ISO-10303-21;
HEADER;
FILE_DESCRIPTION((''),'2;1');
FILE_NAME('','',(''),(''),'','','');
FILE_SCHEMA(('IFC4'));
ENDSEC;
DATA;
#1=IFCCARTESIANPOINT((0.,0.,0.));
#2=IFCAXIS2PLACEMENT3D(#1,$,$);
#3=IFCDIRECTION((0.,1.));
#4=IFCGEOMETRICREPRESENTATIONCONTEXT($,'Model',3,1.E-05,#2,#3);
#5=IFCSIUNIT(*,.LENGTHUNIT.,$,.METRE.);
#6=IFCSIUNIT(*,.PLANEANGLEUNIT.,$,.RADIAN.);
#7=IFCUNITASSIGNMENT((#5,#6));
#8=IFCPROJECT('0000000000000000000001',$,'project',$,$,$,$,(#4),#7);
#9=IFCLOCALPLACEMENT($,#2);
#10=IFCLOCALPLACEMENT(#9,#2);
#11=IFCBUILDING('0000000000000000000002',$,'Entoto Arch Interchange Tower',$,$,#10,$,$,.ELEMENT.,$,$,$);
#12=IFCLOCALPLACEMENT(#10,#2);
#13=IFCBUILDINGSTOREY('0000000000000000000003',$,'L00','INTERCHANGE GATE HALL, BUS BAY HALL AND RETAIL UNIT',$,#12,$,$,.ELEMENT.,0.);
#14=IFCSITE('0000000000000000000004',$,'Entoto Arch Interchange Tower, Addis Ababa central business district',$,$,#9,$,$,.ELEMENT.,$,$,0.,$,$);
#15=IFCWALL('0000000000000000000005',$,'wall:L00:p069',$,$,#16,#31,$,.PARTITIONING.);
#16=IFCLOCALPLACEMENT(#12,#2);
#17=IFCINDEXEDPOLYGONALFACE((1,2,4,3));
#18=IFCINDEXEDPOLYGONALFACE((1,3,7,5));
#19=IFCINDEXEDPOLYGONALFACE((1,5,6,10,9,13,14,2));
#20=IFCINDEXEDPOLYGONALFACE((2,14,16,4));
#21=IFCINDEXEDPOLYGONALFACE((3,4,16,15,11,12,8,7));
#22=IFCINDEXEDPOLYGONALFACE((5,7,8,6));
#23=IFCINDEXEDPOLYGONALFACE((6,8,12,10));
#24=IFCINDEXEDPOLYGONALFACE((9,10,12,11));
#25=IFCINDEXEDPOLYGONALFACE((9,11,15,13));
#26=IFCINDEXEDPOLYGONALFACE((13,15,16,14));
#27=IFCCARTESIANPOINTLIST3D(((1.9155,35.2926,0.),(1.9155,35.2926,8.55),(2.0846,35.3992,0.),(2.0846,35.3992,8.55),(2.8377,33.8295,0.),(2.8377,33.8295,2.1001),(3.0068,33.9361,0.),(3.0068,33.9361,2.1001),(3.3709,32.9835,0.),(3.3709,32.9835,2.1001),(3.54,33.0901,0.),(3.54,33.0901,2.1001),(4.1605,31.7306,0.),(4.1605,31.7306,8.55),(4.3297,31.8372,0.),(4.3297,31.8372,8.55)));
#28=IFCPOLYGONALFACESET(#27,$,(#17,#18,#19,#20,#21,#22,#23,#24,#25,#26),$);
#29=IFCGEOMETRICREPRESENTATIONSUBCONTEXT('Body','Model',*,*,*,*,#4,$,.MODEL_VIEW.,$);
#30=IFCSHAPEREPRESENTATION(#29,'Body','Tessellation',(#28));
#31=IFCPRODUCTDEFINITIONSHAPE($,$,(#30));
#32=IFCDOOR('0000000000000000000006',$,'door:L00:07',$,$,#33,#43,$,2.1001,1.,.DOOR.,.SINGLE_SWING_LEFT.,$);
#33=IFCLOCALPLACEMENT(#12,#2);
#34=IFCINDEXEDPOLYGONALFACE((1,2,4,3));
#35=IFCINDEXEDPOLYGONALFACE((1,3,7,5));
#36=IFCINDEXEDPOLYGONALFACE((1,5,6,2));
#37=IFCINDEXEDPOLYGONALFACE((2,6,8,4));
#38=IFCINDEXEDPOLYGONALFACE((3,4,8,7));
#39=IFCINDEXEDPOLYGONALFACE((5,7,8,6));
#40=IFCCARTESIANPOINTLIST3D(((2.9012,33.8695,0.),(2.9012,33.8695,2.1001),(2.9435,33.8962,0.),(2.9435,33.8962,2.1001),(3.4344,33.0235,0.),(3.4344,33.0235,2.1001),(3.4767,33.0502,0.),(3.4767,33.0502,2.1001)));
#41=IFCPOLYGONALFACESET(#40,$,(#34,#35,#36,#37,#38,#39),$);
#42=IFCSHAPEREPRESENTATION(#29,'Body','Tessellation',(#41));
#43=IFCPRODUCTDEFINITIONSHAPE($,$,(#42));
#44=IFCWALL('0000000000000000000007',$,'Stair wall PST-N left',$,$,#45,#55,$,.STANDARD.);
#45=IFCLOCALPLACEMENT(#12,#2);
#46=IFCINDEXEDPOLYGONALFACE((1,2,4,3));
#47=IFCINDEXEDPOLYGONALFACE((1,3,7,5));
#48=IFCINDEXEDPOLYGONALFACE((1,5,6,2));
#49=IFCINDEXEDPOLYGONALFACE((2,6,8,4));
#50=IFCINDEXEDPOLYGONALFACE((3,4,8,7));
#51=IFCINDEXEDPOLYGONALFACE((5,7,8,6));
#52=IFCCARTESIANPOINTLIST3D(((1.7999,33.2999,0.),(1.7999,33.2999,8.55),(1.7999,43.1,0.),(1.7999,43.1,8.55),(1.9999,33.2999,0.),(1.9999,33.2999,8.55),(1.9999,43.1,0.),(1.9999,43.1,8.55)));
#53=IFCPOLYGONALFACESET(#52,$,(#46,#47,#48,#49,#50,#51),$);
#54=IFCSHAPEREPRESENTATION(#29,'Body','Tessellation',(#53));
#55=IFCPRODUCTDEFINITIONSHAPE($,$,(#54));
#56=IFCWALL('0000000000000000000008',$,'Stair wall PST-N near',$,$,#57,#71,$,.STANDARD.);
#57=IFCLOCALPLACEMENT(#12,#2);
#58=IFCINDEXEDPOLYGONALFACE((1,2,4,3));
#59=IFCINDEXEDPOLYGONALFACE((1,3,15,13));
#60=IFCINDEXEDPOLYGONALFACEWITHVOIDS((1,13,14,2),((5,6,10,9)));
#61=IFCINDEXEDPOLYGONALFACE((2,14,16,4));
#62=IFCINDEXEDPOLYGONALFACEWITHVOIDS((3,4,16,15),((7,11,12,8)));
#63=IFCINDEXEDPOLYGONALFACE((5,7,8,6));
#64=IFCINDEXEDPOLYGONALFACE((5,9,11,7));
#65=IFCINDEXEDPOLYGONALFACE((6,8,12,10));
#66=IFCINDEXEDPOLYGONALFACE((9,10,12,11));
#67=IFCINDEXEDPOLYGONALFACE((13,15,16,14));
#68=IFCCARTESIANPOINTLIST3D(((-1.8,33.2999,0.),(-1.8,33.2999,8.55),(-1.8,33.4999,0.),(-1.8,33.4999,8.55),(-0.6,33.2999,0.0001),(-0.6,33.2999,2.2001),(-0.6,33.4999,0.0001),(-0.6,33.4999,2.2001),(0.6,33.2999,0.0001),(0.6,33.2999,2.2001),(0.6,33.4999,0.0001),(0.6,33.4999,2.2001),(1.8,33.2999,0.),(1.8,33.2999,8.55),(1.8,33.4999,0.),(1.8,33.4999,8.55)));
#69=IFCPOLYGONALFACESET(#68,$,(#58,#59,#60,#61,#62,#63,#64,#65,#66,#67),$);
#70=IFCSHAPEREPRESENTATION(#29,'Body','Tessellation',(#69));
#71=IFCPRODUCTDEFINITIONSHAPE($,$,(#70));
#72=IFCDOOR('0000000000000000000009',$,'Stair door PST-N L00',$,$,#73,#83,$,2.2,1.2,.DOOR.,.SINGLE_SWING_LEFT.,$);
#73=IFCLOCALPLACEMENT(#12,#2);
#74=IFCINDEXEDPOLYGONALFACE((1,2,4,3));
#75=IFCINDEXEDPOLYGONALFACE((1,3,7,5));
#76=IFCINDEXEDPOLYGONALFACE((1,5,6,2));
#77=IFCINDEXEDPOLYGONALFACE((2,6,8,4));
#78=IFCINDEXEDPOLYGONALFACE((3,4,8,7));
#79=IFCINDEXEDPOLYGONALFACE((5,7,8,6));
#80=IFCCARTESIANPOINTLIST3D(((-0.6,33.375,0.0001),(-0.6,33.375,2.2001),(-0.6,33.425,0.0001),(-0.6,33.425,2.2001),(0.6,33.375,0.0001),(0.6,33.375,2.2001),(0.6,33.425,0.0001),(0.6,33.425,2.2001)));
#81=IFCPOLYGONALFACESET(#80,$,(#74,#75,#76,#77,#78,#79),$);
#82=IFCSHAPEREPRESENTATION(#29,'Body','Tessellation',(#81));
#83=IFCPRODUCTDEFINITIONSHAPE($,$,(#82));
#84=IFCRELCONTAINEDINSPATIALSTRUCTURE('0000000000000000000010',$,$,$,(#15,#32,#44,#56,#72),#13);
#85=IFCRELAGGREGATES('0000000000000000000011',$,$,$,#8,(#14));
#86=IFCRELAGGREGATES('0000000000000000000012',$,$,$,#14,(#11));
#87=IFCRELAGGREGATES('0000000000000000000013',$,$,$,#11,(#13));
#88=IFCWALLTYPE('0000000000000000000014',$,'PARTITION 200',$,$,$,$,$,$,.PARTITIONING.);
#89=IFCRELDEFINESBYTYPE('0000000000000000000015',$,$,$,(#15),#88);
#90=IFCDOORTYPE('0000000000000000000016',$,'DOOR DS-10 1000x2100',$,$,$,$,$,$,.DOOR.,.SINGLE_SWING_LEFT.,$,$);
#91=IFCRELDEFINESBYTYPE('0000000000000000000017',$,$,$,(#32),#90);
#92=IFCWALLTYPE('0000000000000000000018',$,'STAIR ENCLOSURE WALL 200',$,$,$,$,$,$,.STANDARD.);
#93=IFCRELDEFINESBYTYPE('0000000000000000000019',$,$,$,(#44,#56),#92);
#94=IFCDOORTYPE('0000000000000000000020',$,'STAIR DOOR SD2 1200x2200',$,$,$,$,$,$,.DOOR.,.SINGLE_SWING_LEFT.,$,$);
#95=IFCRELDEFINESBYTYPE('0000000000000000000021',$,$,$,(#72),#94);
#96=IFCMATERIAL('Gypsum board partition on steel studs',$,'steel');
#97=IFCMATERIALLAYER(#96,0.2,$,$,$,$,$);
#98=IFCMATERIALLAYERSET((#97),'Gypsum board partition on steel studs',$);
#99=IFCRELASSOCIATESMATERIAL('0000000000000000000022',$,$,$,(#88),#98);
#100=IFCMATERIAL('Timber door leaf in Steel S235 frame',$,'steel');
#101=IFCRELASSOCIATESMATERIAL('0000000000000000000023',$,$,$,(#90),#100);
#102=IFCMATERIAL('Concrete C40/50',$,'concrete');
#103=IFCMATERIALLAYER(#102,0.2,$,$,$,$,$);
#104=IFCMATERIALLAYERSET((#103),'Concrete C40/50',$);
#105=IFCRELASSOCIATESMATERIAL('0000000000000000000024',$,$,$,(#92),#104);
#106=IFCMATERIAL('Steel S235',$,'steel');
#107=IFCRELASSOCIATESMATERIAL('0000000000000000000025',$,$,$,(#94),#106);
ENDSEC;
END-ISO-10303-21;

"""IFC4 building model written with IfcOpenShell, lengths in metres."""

from ifc_helpers import new_model, si_unit, direction, frame, frame_2d, origin, place, context, subcontext, project, spatial, rectangle, extrude, material, layer, layer_set, type_object, element, fill, save


model = new_model("IFC4")

# Units and contexts
model_context = context("Model", 3, precision=1e-05, world=origin(), true_north=direction((0.0, 1.0)))
body_context = subcontext(model_context, "Body", "Model", "MODEL_VIEW")
ifc_project = project(units=[si_unit("LENGTHUNIT", "METRE"), si_unit("PLANEANGLEUNIT", "RADIAN")], contexts=[model_context])

# Site, building, storey
site_placement = place(None, origin())
site = spatial("IfcSite", under=ifc_project, at=site_placement, Name="Entoto Arch Interchange Tower, Addis Ababa central business district", CompositionType="ELEMENT", RefElevation=0.0)
building_placement = place(site_placement, origin())
building = spatial("IfcBuilding", under=site, at=building_placement, Name="Entoto Arch Interchange Tower", CompositionType="ELEMENT")
storey_placement = place(building_placement, origin())
storey = spatial("IfcBuildingStorey", under=building, at=storey_placement, Name="L00", Description="INTERCHANGE GATE HALL, BUS BAY HALL AND RETAIL UNIT", CompositionType="ELEMENT", Elevation=0.0)

# Shared definitions
ifc_material_1 = material(Name="Gypsum board partition on steel studs", Category="steel")
ifc_layer_1 = layer(ifc_material_1, 0.2)
ifc_layer_set_1 = layer_set([ifc_layer_1], Name="Gypsum board partition on steel studs")
wall_type_1 = type_object("IfcWallType", Name="PARTITION 200", PredefinedType="PARTITIONING", material=ifc_layer_set_1)

# Wall, opening, door
wall_1_placement = place(storey_placement, frame((4.2451, 31.7839, 0.0), z_axis=(0.0, 0.0, 1.0), x_axis=(-0.533216, 0.845979, 0.0)))
wall_1 = element("IfcWall", 1, at=wall_1_placement, inside=storey, type_object=wall_type_1, Name="wall:L00:p069", PredefinedType="PARTITIONING", context=body_context, shape_type="SweptSolid", body=[
    extrude(rectangle(XDim=4.2104, YDim=0.2, at=frame_2d((2.1052, 0.0))), origin(), (0.0, 0.0, 1.0), 8.55),
])
opening_1_placement = place(wall_1_placement, frame((1.481, 0.0, 0.0)))
opening_1 = element("IfcOpeningElement", 2, at=opening_1_placement, cuts=wall_1, PredefinedType="OPENING", context=body_context, shape_type="SweptSolid", body=[
    extrude(rectangle(XDim=1.0, YDim=2.1001, at=frame_2d((0.5, 1.05))), frame((0.0, 0.1099, 0.0), z_axis=(0.0, -1.0, 0.0), x_axis=(1.0, 0.0, 0.0)), (0.0, 0.0, 1.0), 0.22),
])
ifc_material_2 = material(Name="Timber door leaf in Steel S235 frame", Category="steel")
door_type_1 = type_object("IfcDoorType", Name="DOOR DS-10 1000x2100", OperationType="SINGLE_SWING_LEFT", PredefinedType="DOOR", material=ifc_material_2)
door_1_placement = place(opening_1_placement, origin())
door_1 = element("IfcDoor", 3, at=door_1_placement, inside=storey, type_object=door_type_1, Name="door:L00:07", OperationType="SINGLE_SWING_LEFT", OverallHeight=2.1001, OverallWidth=1.0, PredefinedType="DOOR", context=body_context, shape_type="SweptSolid", body=[
    extrude(rectangle(XDim=1.0, YDim=2.1001, at=frame_2d((0.5, 1.05))), frame((0.0, 0.0249, 0.0), z_axis=(0.0, -1.0, 0.0), x_axis=(1.0, 0.0, 0.0)), (0.0, 0.0, 1.0), 0.05),
])
fill(opening_1, door_1)

# Wall
ifc_material_3 = material(Name="Concrete C40/50", Category="concrete")
ifc_layer_2 = layer(ifc_material_3, 0.2)
ifc_layer_set_2 = layer_set([ifc_layer_2], Name="Concrete C40/50")
wall_type_2 = type_object("IfcWallType", Name="STAIR ENCLOSURE WALL 200", PredefinedType="STANDARD", material=ifc_layer_set_2)
wall_2_placement = place(storey_placement, frame((1.8999, 33.3, 0.0), z_axis=(0.0, 0.0, 1.0), x_axis=(0.0, 1.0, 0.0)))
element("IfcWall", 4, at=wall_2_placement, inside=storey, type_object=wall_type_2, Name="Stair wall PST-N left", PredefinedType="STANDARD", context=body_context, shape_type="SweptSolid", body=[
    extrude(rectangle(XDim=9.8, YDim=0.2, at=frame_2d((4.8999, 0.0))), origin(), (0.0, 0.0, 1.0), 8.55),
])

# Wall, opening, door
wall_3_placement = place(storey_placement, frame((1.8, 33.3999, 0.0), z_axis=(0.0, 0.0, 1.0), x_axis=(-1.0, 0.0, 0.0)))
wall_3 = element("IfcWall", 5, at=wall_3_placement, inside=storey, type_object=wall_type_2, Name="Stair wall PST-N near", PredefinedType="STANDARD", context=body_context, shape_type="SweptSolid", body=[
    extrude(rectangle(XDim=3.6001, YDim=0.2, at=frame_2d((1.8, 0.0))), origin(), (0.0, 0.0, 1.0), 8.55),
])
opening_2_placement = place(wall_3_placement, frame((1.2, 0.0, 0.0)))
opening_2 = element("IfcOpeningElement", 6, at=opening_2_placement, cuts=wall_3, PredefinedType="OPENING", context=body_context, shape_type="SweptSolid", body=[
    extrude(rectangle(XDim=1.2, YDim=2.2, at=frame_2d((0.6001, 1.1001))), frame((0.0, 0.1099, 0.0), z_axis=(0.0, -1.0, 0.0), x_axis=(1.0, 0.0, 0.0)), (0.0, 0.0, 1.0), 0.22),
])
ifc_material_4 = material(Name="Steel S235", Category="steel")
door_type_2 = type_object("IfcDoorType", Name="STAIR DOOR SD2 1200x2200", OperationType="SINGLE_SWING_LEFT", PredefinedType="DOOR", material=ifc_material_4)
door_2_placement = place(opening_2_placement, origin())
door_2 = element("IfcDoor", 7, at=door_2_placement, inside=storey, type_object=door_type_2, Name="Stair door PST-N L00", OperationType="SINGLE_SWING_LEFT", OverallHeight=2.2, OverallWidth=1.2, PredefinedType="DOOR", context=body_context, shape_type="SweptSolid", body=[
    extrude(rectangle(XDim=1.2, YDim=2.2, at=frame_2d((0.6001, 1.1001))), frame((0.0, 0.0249, 0.0), z_axis=(0.0, -1.0, 0.0), x_axis=(1.0, 0.0, 0.0)), (0.0, 0.0, 1.0), 0.05),
])
fill(opening_2, door_2)

save(model, "model.ifc")
